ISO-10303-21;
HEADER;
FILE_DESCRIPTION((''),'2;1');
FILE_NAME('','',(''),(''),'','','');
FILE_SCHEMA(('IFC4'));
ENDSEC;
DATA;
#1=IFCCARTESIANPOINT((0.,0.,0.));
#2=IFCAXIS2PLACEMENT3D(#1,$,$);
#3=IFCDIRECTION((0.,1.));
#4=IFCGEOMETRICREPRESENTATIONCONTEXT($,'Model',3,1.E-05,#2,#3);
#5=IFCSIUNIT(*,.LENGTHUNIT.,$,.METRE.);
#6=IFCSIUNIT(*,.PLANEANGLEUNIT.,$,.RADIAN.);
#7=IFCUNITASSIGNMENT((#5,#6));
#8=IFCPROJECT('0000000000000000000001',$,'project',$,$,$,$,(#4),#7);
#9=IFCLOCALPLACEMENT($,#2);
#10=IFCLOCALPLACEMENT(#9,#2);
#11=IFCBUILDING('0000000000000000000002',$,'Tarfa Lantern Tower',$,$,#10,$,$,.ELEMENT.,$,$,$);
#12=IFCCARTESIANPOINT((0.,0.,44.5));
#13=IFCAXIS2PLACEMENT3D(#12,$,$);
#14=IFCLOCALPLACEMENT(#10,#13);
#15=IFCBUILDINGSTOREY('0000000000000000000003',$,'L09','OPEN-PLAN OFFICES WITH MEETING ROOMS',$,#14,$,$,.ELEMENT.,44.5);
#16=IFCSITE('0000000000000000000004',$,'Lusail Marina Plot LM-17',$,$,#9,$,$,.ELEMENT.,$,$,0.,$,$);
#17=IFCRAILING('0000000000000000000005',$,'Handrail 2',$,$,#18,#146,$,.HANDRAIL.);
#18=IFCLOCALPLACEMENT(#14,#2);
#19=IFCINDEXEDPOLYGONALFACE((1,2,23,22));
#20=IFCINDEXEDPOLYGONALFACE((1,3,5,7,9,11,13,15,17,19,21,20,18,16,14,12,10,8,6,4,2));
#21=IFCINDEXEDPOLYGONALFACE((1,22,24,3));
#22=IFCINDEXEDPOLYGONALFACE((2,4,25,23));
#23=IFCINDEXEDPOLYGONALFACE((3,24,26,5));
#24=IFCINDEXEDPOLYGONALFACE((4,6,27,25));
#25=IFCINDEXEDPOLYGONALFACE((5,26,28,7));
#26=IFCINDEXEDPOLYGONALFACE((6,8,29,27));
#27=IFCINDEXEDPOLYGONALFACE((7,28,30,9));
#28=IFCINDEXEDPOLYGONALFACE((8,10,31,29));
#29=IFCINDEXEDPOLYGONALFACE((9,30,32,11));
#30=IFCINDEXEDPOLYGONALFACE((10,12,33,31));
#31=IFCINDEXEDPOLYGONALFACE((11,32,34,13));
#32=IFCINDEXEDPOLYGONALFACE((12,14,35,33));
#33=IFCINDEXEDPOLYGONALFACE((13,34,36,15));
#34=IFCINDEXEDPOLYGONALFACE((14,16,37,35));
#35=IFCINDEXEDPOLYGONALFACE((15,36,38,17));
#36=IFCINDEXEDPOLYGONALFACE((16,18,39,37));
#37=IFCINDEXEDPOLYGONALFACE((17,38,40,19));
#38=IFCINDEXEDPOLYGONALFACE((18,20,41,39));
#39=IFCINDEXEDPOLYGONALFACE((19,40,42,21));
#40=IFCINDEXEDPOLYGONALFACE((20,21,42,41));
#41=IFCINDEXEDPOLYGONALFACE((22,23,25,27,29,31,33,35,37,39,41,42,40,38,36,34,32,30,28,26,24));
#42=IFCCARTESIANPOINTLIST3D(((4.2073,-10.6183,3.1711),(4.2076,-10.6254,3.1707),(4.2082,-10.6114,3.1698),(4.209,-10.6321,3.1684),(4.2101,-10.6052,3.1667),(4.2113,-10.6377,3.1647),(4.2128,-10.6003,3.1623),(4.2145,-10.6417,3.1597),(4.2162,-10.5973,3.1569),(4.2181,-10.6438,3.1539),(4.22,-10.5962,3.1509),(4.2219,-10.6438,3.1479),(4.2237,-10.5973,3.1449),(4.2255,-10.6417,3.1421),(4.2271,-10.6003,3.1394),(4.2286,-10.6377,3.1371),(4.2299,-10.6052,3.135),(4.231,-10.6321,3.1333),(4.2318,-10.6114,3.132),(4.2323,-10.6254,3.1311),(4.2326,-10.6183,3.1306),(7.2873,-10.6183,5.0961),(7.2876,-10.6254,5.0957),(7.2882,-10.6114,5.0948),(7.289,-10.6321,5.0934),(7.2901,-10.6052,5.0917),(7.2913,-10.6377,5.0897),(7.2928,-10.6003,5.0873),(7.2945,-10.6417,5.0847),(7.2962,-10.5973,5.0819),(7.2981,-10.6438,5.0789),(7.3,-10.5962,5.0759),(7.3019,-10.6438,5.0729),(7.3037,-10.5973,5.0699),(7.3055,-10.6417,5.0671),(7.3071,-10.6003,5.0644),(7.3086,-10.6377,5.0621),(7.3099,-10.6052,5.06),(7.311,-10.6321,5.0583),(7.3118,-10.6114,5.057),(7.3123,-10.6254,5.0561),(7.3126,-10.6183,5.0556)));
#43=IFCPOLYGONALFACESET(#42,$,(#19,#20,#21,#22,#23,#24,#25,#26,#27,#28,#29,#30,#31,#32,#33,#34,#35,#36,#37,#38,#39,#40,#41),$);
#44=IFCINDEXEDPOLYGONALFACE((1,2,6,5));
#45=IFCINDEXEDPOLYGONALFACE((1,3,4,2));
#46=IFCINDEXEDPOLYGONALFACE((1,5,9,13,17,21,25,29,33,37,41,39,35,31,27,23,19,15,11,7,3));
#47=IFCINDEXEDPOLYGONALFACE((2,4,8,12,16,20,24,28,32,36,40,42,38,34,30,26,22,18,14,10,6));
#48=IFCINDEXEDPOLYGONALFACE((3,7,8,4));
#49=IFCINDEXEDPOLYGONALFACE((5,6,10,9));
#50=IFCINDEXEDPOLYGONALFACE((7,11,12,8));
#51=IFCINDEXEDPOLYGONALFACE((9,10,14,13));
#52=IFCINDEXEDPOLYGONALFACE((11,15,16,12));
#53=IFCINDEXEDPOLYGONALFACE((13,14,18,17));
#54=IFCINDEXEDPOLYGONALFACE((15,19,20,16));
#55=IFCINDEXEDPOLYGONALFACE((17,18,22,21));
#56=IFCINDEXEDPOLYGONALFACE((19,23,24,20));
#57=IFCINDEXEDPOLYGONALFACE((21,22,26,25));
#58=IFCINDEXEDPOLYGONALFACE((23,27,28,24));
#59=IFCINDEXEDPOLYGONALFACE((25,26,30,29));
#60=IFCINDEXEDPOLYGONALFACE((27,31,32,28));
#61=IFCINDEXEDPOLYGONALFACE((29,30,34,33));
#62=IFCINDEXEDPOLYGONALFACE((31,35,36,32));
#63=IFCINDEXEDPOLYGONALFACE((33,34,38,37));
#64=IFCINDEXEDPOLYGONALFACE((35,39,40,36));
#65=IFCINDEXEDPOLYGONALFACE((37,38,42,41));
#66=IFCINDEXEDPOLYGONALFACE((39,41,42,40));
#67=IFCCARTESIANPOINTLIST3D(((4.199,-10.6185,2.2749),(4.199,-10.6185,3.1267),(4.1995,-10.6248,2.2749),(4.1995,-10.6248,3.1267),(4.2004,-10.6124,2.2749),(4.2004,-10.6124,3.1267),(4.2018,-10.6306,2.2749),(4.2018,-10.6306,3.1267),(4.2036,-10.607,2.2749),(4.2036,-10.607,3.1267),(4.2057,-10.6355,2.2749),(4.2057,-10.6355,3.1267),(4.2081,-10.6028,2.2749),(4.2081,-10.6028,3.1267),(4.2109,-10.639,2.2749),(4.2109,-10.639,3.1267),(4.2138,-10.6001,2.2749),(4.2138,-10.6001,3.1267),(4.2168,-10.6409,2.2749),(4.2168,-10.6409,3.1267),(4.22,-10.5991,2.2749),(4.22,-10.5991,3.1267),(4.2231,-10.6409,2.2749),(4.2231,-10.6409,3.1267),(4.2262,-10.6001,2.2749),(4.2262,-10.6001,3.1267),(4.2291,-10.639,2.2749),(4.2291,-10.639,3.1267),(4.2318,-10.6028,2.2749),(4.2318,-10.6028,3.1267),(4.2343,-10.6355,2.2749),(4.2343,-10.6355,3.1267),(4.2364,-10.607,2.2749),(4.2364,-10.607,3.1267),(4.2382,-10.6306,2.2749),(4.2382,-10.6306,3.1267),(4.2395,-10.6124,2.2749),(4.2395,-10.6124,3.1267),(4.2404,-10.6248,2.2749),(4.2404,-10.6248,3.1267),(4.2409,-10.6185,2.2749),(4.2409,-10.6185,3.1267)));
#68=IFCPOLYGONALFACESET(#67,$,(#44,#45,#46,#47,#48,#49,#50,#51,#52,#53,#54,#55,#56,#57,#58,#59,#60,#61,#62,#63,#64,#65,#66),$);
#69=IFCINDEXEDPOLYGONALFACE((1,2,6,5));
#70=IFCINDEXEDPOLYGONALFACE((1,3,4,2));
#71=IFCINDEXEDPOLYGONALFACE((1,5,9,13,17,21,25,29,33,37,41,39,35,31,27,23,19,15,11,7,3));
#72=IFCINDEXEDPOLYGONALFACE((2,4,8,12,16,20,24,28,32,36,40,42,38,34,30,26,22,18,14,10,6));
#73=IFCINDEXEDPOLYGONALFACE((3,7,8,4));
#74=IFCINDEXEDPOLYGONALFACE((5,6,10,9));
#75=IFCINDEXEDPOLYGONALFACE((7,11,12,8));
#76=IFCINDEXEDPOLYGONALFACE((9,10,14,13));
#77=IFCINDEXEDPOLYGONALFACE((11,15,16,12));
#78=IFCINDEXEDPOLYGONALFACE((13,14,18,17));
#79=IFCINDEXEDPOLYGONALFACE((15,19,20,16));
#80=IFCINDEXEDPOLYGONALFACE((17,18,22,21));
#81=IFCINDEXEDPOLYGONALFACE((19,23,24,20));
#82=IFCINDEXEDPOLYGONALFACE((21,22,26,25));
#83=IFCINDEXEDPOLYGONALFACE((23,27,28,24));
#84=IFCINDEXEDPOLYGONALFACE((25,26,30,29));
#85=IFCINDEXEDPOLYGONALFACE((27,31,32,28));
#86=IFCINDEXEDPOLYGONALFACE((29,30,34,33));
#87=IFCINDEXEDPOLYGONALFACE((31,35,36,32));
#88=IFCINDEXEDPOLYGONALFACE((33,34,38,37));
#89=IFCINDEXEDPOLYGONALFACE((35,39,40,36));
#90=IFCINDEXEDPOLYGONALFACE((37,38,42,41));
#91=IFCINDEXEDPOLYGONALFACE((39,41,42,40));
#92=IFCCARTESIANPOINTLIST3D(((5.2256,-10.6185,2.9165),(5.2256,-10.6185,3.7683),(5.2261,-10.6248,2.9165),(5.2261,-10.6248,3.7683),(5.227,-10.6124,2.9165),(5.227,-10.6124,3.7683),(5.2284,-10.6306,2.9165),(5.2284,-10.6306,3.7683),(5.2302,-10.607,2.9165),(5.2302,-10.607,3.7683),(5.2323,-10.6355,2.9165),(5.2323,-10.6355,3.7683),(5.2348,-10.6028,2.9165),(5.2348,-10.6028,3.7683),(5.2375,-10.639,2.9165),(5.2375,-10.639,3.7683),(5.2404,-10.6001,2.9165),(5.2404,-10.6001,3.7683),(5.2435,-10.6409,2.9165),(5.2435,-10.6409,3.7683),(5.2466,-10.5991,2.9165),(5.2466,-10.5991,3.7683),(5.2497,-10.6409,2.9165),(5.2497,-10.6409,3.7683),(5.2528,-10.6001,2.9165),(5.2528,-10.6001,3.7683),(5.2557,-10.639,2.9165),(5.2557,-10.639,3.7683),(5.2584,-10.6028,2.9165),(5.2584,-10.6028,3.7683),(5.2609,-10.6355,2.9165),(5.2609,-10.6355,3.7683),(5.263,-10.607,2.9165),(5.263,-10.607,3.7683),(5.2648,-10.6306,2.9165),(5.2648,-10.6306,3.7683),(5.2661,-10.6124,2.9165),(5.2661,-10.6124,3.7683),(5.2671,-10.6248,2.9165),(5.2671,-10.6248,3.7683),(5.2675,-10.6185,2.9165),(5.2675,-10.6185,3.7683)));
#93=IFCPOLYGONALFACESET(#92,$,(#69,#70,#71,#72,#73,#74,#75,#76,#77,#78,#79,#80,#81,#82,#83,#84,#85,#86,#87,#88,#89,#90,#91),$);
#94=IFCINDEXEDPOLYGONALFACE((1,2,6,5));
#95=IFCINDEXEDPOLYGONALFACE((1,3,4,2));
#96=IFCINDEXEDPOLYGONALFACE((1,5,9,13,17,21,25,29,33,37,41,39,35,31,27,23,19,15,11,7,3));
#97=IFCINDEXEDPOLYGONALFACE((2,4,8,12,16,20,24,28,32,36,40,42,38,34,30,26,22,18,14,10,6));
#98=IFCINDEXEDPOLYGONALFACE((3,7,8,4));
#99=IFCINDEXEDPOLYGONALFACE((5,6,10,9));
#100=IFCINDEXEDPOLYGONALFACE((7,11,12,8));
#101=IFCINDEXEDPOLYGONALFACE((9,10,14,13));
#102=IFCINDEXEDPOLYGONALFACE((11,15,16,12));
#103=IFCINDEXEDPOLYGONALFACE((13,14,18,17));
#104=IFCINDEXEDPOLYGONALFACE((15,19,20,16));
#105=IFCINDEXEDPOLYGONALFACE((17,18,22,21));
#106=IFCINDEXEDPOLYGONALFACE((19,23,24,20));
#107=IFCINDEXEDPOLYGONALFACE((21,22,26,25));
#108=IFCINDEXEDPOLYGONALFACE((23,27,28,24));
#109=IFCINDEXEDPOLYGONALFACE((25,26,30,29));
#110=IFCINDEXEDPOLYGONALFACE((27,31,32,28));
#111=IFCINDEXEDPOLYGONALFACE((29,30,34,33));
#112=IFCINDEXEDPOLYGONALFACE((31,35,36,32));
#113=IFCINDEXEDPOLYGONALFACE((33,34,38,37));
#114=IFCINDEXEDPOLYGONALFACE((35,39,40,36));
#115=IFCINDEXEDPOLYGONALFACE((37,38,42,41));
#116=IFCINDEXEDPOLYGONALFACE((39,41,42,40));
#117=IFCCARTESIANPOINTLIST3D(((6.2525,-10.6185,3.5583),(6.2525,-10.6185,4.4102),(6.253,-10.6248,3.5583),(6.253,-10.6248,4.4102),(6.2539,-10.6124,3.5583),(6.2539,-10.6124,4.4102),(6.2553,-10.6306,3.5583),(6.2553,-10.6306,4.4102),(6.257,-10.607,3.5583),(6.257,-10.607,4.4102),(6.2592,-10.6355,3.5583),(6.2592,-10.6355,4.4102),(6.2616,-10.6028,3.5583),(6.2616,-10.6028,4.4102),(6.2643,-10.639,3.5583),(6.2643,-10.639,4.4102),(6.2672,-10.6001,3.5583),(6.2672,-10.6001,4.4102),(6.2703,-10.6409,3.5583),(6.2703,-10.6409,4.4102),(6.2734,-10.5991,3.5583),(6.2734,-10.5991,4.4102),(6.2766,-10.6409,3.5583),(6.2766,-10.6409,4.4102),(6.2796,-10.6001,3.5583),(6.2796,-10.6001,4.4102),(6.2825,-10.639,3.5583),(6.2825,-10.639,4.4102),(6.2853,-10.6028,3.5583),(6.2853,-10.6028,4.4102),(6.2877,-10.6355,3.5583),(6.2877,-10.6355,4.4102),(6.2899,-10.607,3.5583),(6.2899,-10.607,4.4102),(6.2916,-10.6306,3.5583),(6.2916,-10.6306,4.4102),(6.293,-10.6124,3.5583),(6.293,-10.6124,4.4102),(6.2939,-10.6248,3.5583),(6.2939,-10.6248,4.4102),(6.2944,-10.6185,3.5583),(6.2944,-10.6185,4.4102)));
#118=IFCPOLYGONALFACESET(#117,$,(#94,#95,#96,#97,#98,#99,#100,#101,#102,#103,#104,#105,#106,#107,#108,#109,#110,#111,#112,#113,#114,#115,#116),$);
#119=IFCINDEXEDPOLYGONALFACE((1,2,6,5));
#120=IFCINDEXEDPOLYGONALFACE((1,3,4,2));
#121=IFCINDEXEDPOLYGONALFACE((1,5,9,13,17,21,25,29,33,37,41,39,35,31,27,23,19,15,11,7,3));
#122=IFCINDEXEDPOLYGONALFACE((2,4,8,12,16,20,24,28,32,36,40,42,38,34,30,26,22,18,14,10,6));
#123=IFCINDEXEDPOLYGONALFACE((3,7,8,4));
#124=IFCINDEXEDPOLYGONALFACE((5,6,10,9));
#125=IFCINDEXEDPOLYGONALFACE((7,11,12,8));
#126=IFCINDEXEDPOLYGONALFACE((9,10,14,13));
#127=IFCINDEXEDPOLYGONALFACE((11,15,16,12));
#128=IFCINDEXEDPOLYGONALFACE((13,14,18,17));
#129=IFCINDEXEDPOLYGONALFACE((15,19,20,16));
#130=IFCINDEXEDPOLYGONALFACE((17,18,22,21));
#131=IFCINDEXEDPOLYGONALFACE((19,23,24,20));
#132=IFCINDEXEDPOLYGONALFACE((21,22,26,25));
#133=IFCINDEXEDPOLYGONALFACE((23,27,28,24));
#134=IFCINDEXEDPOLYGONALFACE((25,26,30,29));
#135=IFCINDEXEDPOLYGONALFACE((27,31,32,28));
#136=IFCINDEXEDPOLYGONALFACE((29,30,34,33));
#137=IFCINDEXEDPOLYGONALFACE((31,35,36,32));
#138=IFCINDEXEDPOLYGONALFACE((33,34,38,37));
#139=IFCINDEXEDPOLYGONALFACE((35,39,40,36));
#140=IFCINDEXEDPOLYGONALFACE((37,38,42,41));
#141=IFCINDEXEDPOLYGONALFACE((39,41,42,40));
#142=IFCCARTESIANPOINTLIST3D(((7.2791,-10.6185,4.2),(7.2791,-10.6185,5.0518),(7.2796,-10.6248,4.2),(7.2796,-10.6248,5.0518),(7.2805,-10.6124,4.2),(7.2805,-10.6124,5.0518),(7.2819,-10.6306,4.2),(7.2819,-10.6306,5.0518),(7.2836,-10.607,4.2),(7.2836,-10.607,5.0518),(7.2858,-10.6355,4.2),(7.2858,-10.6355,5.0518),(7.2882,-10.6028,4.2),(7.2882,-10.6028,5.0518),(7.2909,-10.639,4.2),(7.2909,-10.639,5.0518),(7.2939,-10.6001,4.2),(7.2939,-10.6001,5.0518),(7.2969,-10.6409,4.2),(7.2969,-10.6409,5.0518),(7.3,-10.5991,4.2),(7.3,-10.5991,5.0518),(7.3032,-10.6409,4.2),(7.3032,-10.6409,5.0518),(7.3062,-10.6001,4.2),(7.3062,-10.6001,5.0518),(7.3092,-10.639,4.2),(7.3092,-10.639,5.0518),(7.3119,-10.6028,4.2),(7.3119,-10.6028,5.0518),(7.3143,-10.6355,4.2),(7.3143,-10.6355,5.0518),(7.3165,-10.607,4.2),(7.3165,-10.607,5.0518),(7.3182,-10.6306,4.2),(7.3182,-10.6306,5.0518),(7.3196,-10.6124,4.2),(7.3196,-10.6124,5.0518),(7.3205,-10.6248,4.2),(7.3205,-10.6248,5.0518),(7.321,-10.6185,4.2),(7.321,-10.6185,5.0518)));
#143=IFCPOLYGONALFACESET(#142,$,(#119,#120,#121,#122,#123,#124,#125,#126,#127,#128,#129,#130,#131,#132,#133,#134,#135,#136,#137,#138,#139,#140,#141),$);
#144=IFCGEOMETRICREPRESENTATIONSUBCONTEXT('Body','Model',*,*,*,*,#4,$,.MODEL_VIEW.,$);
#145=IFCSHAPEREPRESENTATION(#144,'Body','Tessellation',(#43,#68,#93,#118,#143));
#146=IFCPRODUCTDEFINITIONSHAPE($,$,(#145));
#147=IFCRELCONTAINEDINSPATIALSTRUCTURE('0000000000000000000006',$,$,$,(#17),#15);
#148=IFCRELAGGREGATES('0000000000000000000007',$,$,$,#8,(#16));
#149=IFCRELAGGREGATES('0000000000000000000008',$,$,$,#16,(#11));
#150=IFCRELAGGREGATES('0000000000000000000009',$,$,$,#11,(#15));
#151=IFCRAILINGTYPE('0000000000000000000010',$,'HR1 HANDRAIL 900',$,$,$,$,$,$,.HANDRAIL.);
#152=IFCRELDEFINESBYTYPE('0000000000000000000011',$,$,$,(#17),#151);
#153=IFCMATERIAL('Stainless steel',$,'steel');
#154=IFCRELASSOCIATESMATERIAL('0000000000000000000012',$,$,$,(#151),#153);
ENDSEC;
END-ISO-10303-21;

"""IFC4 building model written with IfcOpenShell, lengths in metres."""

from ifc_helpers import new_model, si_unit, direction, frame, origin, origin_2d, place, context, subcontext, project, spatial, circle, extrude, material, type_object, element, save


model = new_model("IFC4")

# Units and contexts
model_context = context("Model", 3, precision=1e-05, world=origin(), true_north=direction((0.0, 1.0)))
body_context = subcontext(model_context, "Body", "Model", "MODEL_VIEW")
ifc_project = project(units=[si_unit("LENGTHUNIT", "METRE"), si_unit("PLANEANGLEUNIT", "RADIAN")], contexts=[model_context])

# Site, building, storey
site_placement = place(None, origin())
site = spatial("IfcSite", under=ifc_project, at=site_placement, Name="Lusail Marina Plot LM-17", CompositionType="ELEMENT", RefElevation=0.0)
building_placement = place(site_placement, origin())
building = spatial("IfcBuilding", under=site, at=building_placement, Name="Tarfa Lantern Tower", CompositionType="ELEMENT")
storey_placement = place(building_placement, frame((0.0, 0.0, 44.5)))
storey = spatial("IfcBuildingStorey", under=building, at=storey_placement, Name="L09", Description="OPEN-PLAN OFFICES WITH MEETING ROOMS", CompositionType="ELEMENT", Elevation=44.5)

# Railing
ifc_material_1 = material(Name="Stainless steel", Category="steel")
railing_type = type_object("IfcRailingType", Name="HR1 HANDRAIL 900", PredefinedType="HANDRAIL", material=ifc_material_1)
railing_1_placement = place(storey_placement, frame((4.22, -10.6201, 2.2749)))
element("IfcRailing", 1, at=railing_1_placement, inside=storey, type_object=railing_type, Name="Handrail 2", PredefinedType="HANDRAIL", context=body_context, shape_type="SweptSolid", body=[
    extrude(circle(Radius=0.0239, at=origin_2d()), frame((0.0, 0.0, 0.876), z_axis=(0.847998, 0.0, 0.529999), x_axis=(0.0, 1.0, 0.0)), (0.0, 0.0, 1.0), 3.6321),
    extrude(circle(Radius=0.021, at=origin_2d()), frame((0.0, 0.0, 0.0), z_axis=(0.0, 0.0, 1.0), x_axis=(0.0, 1.0, 0.0)), (0.0, 0.0, 1.0), 0.8518),
    extrude(circle(Radius=0.021, at=origin_2d()), frame((1.0266, 0.0, 0.6416), z_axis=(0.0, 0.0, 1.0), x_axis=(0.0, 1.0, 0.0)), (0.0, 0.0, 1.0), 0.8518),
    extrude(circle(Radius=0.021, at=origin_2d()), frame((2.0535, 0.0, 1.2834), z_axis=(0.0, 0.0, 1.0), x_axis=(0.0, 1.0, 0.0)), (0.0, 0.0, 1.0), 0.8518),
    extrude(circle(Radius=0.021, at=origin_2d()), frame((3.0801, 0.0, 1.925), z_axis=(0.0, 0.0, 1.0), x_axis=(0.0, 1.0, 0.0)), (0.0, 0.0, 1.0), 0.8518),
])

save(model, "model.ifc")
